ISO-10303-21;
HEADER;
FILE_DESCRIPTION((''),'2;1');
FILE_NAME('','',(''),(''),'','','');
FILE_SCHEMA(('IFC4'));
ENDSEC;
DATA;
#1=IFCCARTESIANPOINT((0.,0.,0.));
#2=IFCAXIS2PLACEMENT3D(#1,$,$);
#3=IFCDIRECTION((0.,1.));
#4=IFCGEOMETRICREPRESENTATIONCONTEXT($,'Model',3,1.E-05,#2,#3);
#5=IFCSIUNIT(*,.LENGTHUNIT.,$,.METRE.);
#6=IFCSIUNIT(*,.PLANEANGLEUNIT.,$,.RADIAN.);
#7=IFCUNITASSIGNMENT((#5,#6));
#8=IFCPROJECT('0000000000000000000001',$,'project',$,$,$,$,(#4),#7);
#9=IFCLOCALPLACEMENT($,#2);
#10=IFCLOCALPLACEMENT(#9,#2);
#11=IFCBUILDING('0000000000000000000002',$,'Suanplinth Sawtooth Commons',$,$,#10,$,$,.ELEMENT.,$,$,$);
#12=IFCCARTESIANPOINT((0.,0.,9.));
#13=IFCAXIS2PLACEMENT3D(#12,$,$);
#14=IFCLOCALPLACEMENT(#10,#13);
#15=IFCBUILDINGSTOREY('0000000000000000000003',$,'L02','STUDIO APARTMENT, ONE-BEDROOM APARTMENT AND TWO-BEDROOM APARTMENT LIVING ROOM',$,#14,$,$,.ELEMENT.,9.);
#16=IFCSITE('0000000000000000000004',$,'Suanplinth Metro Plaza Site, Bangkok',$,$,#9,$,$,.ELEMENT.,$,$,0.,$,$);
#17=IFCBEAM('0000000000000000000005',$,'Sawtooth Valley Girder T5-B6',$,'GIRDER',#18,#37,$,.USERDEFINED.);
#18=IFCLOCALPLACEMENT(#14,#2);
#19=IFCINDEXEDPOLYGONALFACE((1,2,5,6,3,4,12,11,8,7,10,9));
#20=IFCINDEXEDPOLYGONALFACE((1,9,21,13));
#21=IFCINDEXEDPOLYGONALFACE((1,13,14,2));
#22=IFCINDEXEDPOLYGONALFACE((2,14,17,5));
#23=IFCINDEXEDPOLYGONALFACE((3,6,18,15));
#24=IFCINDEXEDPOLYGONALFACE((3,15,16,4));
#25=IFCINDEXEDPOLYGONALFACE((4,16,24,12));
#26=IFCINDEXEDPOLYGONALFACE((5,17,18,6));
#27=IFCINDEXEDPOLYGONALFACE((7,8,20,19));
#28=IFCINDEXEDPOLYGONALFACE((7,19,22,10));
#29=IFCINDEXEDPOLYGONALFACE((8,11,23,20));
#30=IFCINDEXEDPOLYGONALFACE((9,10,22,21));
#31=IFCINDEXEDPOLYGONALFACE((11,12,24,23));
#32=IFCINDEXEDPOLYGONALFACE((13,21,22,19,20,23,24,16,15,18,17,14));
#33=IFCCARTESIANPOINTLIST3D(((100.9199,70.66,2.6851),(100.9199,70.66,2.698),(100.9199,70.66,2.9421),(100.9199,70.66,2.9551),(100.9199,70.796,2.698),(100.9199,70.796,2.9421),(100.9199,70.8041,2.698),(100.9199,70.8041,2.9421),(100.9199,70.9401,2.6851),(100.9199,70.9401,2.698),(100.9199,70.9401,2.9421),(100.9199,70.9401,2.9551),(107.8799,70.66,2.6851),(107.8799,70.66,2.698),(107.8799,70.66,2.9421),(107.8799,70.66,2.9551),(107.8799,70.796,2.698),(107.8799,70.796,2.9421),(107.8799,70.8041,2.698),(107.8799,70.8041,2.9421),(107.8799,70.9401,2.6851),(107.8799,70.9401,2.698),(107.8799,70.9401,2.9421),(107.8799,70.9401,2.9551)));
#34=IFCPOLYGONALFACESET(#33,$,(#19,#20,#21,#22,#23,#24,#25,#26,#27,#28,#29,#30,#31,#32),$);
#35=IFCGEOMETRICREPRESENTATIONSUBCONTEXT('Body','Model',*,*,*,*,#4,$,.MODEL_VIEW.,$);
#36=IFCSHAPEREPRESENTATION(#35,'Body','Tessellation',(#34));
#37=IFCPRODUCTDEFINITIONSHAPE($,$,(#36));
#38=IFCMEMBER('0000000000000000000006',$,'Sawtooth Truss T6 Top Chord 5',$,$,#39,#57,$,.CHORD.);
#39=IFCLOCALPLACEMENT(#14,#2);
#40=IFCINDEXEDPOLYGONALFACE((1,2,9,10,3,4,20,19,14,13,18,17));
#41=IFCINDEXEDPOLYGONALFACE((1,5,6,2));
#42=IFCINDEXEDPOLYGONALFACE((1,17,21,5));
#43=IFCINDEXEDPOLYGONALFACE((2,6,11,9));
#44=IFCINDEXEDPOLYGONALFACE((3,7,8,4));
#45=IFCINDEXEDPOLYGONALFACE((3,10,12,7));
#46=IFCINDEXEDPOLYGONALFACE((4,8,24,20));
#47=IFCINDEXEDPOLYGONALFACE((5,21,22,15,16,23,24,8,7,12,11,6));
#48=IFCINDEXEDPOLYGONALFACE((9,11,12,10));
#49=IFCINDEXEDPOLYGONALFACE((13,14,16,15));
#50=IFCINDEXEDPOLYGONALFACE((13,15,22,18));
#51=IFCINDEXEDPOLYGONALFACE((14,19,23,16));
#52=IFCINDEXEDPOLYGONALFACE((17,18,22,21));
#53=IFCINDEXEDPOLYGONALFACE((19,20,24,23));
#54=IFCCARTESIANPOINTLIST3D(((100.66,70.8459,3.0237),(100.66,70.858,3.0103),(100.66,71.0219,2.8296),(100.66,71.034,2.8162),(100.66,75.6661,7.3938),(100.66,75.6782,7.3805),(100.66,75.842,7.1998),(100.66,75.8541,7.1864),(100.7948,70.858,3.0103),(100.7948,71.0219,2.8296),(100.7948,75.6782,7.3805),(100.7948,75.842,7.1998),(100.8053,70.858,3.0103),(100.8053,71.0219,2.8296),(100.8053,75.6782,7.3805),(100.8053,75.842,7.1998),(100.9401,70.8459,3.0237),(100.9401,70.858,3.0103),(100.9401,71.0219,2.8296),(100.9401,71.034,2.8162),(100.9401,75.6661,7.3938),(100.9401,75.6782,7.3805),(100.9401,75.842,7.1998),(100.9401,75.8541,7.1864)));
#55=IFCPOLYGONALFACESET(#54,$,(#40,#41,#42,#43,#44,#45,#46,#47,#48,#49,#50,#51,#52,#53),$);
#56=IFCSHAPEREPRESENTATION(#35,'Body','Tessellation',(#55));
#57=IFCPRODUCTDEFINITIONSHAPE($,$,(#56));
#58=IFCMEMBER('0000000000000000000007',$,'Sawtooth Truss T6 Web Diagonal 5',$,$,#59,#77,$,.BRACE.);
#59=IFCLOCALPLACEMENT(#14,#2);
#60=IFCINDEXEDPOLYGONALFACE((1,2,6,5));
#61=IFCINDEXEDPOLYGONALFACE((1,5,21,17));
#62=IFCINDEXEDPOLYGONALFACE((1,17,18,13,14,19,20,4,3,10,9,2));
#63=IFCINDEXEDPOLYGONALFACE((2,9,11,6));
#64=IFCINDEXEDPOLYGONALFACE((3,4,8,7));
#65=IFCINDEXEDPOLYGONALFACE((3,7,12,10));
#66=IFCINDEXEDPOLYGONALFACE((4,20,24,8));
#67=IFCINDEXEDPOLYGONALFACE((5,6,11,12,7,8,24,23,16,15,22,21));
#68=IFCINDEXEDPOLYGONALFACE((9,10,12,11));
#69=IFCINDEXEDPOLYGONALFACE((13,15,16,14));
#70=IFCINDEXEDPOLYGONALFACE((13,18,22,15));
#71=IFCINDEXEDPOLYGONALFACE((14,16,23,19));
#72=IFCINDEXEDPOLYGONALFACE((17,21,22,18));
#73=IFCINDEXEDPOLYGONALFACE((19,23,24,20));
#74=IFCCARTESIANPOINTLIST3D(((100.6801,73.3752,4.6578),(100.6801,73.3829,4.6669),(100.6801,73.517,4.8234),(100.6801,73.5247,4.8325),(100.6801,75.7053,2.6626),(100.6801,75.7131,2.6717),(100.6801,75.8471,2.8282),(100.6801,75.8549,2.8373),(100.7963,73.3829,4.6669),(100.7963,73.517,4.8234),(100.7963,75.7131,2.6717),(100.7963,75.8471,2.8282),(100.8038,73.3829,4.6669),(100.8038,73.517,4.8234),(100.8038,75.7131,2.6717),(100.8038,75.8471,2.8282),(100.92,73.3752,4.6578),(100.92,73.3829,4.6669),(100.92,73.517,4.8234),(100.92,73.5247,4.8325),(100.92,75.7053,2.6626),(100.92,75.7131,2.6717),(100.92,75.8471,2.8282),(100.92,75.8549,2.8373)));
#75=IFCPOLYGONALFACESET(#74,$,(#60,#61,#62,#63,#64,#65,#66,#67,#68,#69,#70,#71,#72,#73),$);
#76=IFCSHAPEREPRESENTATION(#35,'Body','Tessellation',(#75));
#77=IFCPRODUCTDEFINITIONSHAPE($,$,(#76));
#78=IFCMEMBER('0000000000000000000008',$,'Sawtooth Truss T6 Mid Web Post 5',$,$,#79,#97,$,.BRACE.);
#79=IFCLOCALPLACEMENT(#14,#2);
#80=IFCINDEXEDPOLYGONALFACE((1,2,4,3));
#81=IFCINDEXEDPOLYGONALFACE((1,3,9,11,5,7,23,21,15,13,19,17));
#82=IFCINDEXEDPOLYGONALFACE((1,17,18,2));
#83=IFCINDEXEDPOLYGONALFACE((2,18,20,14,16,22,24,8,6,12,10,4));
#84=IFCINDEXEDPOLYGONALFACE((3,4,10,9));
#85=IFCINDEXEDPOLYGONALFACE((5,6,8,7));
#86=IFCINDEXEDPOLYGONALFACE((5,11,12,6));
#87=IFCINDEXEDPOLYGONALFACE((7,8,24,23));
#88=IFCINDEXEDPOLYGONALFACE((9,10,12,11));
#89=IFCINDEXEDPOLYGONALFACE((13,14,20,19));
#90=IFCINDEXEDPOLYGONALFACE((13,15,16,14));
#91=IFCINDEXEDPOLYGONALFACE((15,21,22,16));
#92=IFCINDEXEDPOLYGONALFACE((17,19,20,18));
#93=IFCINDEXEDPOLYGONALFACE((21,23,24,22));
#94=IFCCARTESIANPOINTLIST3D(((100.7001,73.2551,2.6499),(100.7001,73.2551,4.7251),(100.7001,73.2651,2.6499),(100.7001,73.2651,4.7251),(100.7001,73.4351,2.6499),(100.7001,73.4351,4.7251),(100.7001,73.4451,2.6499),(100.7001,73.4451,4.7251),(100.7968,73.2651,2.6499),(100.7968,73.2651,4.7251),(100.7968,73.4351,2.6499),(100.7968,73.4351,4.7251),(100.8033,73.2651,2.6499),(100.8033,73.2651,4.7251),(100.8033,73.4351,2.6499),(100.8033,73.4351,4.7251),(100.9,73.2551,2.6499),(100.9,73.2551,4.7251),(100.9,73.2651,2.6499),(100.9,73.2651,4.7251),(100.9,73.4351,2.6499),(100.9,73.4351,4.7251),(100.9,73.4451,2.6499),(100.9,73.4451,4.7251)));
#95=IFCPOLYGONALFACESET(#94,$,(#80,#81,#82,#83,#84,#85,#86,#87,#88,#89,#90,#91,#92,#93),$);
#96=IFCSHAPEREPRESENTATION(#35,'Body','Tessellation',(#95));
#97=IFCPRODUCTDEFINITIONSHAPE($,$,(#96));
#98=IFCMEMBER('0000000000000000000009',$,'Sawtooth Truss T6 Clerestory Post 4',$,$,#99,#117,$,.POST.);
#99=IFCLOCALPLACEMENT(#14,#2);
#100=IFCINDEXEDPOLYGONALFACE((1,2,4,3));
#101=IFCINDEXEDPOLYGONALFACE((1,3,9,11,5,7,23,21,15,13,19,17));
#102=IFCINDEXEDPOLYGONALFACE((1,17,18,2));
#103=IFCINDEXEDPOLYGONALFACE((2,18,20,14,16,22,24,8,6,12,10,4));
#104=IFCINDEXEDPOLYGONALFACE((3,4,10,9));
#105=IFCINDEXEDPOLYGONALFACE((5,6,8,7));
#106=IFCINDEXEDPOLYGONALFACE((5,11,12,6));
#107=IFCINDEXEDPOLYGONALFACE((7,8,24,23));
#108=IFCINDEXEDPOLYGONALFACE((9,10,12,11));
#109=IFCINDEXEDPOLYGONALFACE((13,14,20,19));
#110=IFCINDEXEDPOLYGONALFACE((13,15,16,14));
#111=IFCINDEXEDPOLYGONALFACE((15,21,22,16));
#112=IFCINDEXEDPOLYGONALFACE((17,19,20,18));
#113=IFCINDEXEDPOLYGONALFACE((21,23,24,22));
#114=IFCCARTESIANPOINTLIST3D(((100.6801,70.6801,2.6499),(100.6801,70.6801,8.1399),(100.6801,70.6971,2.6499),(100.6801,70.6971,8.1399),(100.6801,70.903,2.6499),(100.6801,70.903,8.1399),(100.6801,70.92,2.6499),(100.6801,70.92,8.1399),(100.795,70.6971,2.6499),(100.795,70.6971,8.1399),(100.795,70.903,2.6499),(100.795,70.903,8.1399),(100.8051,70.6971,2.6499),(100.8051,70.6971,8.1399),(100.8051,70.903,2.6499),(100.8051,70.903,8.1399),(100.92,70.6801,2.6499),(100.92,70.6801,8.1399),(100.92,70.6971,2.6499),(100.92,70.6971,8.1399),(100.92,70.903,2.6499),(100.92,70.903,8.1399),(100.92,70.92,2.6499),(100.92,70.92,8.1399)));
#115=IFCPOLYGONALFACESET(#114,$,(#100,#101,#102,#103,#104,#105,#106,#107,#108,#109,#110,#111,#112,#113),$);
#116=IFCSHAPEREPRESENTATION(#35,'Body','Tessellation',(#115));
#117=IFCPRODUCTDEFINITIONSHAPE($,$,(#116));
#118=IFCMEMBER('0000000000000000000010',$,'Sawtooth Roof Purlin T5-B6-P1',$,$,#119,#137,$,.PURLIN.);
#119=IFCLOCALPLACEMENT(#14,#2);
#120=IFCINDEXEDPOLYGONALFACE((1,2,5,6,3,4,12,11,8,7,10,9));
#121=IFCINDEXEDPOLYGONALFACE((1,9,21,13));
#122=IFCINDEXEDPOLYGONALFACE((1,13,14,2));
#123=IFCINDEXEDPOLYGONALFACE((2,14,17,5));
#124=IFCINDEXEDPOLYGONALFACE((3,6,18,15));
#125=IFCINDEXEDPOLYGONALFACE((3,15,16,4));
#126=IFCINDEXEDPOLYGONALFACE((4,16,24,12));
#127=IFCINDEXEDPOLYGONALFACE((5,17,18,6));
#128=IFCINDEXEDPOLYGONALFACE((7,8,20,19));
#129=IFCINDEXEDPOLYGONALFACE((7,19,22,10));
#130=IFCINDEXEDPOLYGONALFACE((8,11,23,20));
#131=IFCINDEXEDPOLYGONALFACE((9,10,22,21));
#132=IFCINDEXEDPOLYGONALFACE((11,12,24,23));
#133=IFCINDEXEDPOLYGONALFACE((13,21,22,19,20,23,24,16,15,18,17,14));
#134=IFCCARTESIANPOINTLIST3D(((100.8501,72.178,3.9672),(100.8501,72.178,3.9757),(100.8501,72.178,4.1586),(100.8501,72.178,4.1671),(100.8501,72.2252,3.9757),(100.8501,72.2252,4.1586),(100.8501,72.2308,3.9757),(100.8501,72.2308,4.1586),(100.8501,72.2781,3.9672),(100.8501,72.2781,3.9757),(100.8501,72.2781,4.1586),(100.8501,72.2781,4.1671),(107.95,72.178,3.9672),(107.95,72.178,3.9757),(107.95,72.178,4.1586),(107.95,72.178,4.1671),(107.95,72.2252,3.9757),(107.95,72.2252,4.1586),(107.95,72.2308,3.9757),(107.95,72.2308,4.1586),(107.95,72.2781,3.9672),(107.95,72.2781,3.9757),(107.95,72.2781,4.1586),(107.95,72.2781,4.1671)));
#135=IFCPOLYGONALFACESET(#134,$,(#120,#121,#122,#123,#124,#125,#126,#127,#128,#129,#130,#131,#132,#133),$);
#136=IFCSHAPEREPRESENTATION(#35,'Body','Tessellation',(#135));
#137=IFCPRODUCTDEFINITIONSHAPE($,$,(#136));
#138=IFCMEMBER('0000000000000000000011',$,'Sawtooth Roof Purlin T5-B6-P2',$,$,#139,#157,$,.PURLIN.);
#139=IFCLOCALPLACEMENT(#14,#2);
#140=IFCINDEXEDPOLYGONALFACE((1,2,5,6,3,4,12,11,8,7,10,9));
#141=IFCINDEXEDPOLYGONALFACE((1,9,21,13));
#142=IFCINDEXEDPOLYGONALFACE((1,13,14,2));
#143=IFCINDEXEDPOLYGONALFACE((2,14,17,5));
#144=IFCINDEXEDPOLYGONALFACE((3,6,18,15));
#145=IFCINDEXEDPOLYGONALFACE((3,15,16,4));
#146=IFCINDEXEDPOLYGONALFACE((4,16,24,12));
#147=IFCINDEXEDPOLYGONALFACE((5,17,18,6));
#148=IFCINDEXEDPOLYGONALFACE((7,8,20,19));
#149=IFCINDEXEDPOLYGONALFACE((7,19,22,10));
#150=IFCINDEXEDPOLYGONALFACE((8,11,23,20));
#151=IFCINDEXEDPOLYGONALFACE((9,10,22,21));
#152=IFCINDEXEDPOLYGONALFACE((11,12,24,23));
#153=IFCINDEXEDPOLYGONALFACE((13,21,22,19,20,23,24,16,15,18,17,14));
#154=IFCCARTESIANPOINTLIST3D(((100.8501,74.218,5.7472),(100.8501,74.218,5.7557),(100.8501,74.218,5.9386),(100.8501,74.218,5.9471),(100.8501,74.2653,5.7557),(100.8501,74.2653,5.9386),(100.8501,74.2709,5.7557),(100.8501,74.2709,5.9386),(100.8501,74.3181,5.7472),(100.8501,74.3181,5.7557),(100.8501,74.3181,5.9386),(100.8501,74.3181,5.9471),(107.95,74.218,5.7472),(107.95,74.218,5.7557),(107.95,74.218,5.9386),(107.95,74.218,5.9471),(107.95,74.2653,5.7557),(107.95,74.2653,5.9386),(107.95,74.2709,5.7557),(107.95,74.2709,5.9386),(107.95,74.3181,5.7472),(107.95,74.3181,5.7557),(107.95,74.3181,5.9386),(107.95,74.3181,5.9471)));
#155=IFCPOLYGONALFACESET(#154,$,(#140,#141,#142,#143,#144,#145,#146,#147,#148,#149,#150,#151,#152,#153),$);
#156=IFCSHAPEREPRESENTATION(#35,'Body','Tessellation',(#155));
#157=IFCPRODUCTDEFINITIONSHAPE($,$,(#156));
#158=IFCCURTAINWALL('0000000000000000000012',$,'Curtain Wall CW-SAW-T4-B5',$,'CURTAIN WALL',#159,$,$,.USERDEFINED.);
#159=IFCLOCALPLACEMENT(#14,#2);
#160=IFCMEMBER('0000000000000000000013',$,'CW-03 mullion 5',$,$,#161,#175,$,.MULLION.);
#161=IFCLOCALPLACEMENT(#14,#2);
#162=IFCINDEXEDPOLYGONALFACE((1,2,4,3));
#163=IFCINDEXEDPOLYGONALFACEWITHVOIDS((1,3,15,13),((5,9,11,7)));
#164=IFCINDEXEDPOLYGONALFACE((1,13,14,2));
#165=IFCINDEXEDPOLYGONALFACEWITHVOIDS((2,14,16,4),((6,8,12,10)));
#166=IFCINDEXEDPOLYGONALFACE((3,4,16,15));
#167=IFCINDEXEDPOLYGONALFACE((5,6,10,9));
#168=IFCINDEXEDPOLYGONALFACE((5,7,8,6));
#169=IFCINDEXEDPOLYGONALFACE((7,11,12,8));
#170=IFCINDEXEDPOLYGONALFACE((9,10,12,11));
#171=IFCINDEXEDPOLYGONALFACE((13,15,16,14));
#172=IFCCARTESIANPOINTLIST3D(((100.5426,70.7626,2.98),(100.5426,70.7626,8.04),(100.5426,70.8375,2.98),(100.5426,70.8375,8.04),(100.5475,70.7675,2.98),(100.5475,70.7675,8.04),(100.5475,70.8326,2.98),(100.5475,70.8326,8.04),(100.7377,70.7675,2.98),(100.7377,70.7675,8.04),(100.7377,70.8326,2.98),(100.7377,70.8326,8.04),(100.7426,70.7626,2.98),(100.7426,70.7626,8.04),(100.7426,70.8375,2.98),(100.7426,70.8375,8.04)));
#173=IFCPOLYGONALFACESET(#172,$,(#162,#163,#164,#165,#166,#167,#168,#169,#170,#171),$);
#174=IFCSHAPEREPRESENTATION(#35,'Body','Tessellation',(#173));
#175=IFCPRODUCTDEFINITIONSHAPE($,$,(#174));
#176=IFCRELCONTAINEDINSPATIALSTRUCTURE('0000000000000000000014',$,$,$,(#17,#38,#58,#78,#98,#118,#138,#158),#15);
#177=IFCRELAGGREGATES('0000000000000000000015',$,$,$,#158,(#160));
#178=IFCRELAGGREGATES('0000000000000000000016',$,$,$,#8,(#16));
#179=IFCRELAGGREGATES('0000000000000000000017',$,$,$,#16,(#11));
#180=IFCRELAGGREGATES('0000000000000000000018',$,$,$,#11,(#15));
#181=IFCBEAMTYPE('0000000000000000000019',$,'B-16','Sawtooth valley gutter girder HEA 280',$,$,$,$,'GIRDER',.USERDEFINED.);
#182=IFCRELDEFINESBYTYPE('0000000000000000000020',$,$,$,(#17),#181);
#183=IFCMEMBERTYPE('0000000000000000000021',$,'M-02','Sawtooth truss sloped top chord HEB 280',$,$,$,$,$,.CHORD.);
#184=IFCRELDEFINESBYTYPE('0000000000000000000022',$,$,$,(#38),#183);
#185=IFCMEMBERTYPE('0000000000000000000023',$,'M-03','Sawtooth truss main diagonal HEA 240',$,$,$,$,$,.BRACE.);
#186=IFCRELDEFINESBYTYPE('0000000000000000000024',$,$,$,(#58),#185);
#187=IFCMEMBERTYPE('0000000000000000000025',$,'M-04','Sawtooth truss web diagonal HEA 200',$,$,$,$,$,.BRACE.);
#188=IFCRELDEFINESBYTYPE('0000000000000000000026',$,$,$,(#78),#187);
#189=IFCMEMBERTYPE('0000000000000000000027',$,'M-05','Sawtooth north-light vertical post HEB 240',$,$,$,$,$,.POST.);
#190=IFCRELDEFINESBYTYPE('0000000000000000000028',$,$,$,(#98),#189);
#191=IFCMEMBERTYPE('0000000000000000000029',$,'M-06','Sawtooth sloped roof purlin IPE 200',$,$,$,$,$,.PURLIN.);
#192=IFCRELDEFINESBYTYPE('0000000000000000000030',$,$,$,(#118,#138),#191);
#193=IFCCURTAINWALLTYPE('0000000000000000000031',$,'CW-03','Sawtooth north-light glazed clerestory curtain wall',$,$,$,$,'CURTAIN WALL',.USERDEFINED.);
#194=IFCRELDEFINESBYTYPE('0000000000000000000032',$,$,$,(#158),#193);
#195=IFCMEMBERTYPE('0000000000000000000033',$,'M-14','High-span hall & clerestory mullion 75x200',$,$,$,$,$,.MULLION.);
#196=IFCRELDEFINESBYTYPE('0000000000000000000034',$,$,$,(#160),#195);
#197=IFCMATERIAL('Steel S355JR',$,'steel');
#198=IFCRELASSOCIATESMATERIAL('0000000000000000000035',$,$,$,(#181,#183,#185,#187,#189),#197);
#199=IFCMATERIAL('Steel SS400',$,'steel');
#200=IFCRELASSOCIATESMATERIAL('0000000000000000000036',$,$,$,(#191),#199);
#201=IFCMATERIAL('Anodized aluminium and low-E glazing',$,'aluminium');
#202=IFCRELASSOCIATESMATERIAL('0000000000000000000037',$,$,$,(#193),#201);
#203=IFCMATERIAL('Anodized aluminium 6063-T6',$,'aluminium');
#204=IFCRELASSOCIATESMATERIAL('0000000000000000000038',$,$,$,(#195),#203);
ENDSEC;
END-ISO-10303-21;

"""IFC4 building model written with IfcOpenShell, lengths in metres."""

from ifc_helpers import new_model, si_unit, direction, frame, origin, origin_2d, place, context, subcontext, project, spatial, hollow_rectangle, i_section, extrude, material, material_profile, profile_set, type_object, element, aggregate, save


model = new_model("IFC4")

# Units and contexts
model_context = context("Model", 3, precision=1e-05, world=origin(), true_north=direction((0.0, 1.0)))
body_context = subcontext(model_context, "Body", "Model", "MODEL_VIEW")
ifc_project = project(units=[si_unit("LENGTHUNIT", "METRE"), si_unit("PLANEANGLEUNIT", "RADIAN")], contexts=[model_context])

# Site, building, storey
site_placement = place(None, origin())
site = spatial("IfcSite", under=ifc_project, at=site_placement, Name="Suanplinth Metro Plaza Site, Bangkok", CompositionType="ELEMENT", RefElevation=0.0)
building_placement = place(site_placement, origin())
building = spatial("IfcBuilding", under=site, at=building_placement, Name="Suanplinth Sawtooth Commons", CompositionType="ELEMENT")
storey_placement = place(building_placement, frame((0.0, 0.0, 9.0)))
storey = spatial("IfcBuildingStorey", under=building, at=storey_placement, Name="L02", Description="STUDIO APARTMENT, ONE-BEDROOM APARTMENT AND TWO-BEDROOM APARTMENT LIVING ROOM", CompositionType="ELEMENT", Elevation=9.0)

# Beam
ifc_material_1 = material(Name="Steel S355JR", Category="steel")
ifc_material_profile_1 = material_profile(ifc_material_1, i_section(OverallWidth=0.28, OverallDepth=0.27, WebThickness=0.0081, FlangeThickness=0.0129, at=origin_2d()), Name="HEA 280")
ifc_profile_set_1 = profile_set([ifc_material_profile_1], Name="Steel S355JR")
beam_type = type_object("IfcBeamType", Name="B-16", Description="Sawtooth valley gutter girder HEA 280", ElementType="GIRDER", PredefinedType="USERDEFINED", material=ifc_profile_set_1)
beam_placement = place(storey_placement, frame((100.9199, 70.8, 2.8201), z_axis=(1.0, 0.0, 0.0), x_axis=(0.0, 1.0, 0.0)))
element("IfcBeam", 1, at=beam_placement, inside=storey, type_object=beam_type, Name="Sawtooth Valley Girder T5-B6", ObjectType="GIRDER", PredefinedType="USERDEFINED", context=body_context, shape_type="SweptSolid", body=[
    extrude(i_section(OverallWidth=0.28, OverallDepth=0.27, WebThickness=0.0081, FlangeThickness=0.0129, at=origin_2d()), origin(), (0.0, 0.0, 1.0), 6.96),
])

# Members
ifc_material_profile_2 = material_profile(ifc_material_1, i_section(OverallWidth=0.28, OverallDepth=0.28, WebThickness=0.0105, FlangeThickness=0.0181, at=origin_2d()), Name="HEB 280")
ifc_profile_set_2 = profile_set([ifc_material_profile_2], Name="Steel S355JR")
member_type_1 = type_object("IfcMemberType", Name="M-02", Description="Sawtooth truss sloped top chord HEB 280", PredefinedType="CHORD", material=ifc_profile_set_2)
member_1_placement = place(storey_placement, frame((100.8, 70.9399, 2.9199), z_axis=(0.0, 0.740839, 0.671682), x_axis=(-1.0, 0.0, 0.0)))
element("IfcMember", 2, at=member_1_placement, inside=storey, type_object=member_type_1, Name="Sawtooth Truss T6 Top Chord 5", PredefinedType="CHORD", context=body_context, shape_type="SweptSolid", body=[
    extrude(i_section(OverallWidth=0.28, OverallDepth=0.28, WebThickness=0.0105, FlangeThickness=0.0181, at=origin_2d()), origin(), (0.0, 0.0, 1.0), 6.5063),
])
ifc_material_profile_3 = material_profile(ifc_material_1, i_section(OverallWidth=0.24, OverallDepth=0.23, WebThickness=0.0076, FlangeThickness=0.012, at=origin_2d()), Name="HEA 240")
ifc_profile_set_3 = profile_set([ifc_material_profile_3], Name="Steel S355JR")
member_type_2 = type_object("IfcMemberType", Name="M-03", Description="Sawtooth truss main diagonal HEA 240", PredefinedType="BRACE", material=ifc_profile_set_3)
member_2_placement = place(storey_placement, frame((100.8, 73.45, 4.7451), z_axis=(0.0, 0.759594, -0.650398), x_axis=(-1.0, 0.0, 0.0)))
element("IfcMember", 3, at=member_2_placement, inside=storey, type_object=member_type_2, Name="Sawtooth Truss T6 Web Diagonal 5", PredefinedType="BRACE", context=body_context, shape_type="SweptSolid", body=[
    extrude(i_section(OverallWidth=0.24, OverallDepth=0.23, WebThickness=0.0076, FlangeThickness=0.012, at=origin_2d()), origin(), (0.0, 0.0, 1.0), 3.0676),
])
ifc_material_profile_4 = material_profile(ifc_material_1, i_section(OverallWidth=0.2, OverallDepth=0.1899, WebThickness=0.0066, FlangeThickness=0.01, at=origin_2d()), Name="HEA 200")
ifc_profile_set_4 = profile_set([ifc_material_profile_4], Name="Steel S355JR")
member_type_3 = type_object("IfcMemberType", Name="M-04", Description="Sawtooth truss web diagonal HEA 200", PredefinedType="BRACE", material=ifc_profile_set_4)
member_3_placement = place(storey_placement, frame((100.8, 73.3501, 2.6499), z_axis=(0.0, 0.0, 1.0), x_axis=(1.0, 0.0, 0.0)))
element("IfcMember", 4, at=member_3_placement, inside=storey, type_object=member_type_3, Name="Sawtooth Truss T6 Mid Web Post 5", PredefinedType="BRACE", context=body_context, shape_type="SweptSolid", body=[
    extrude(i_section(OverallWidth=0.2, OverallDepth=0.1899, WebThickness=0.0066, FlangeThickness=0.01, at=origin_2d()), origin(), (0.0, 0.0, 1.0), 2.0752),
])
ifc_material_profile_5 = material_profile(ifc_material_1, i_section(OverallWidth=0.24, OverallDepth=0.24, WebThickness=0.01, FlangeThickness=0.0171, at=origin_2d()), Name="HEB 240")
ifc_profile_set_5 = profile_set([ifc_material_profile_5], Name="Steel S355JR")
member_type_4 = type_object("IfcMemberType", Name="M-05", Description="Sawtooth north-light vertical post HEB 240", PredefinedType="POST", material=ifc_profile_set_5)
member_4_placement = place(storey_placement, frame((100.8, 70.8, 2.6499), z_axis=(0.0, 0.0, 1.0), x_axis=(1.0, 0.0, 0.0)))
element("IfcMember", 5, at=member_4_placement, inside=storey, type_object=member_type_4, Name="Sawtooth Truss T6 Clerestory Post 4", PredefinedType="POST", context=body_context, shape_type="SweptSolid", body=[
    extrude(i_section(OverallWidth=0.24, OverallDepth=0.24, WebThickness=0.01, FlangeThickness=0.0171, at=origin_2d()), origin(), (0.0, 0.0, 1.0), 5.49),
])
ifc_material_2 = material(Name="Steel SS400", Category="steel")
ifc_material_profile_6 = material_profile(ifc_material_2, i_section(OverallWidth=0.1001, OverallDepth=0.2, WebThickness=0.0056, FlangeThickness=0.0085, at=origin_2d()), Name="IPE 200")
ifc_profile_set_6 = profile_set([ifc_material_profile_6], Name="Steel SS400")
member_type_5 = type_object("IfcMemberType", Name="M-06", Description="Sawtooth sloped roof purlin IPE 200", PredefinedType="PURLIN", material=ifc_profile_set_6)
for number, where, z_axis, x_axis, name in (
    (6, (100.8501, 72.228, 4.0671), (1.0, 0.0, 0.0), (0.0, 1.0, 0.0), "Sawtooth Roof Purlin T5-B6-P1"),
    (7, (100.8501, 74.2681, 5.8472), (1.0, 0.0, 0.0), (0.0, 1.0, 0.0), "Sawtooth Roof Purlin T5-B6-P2"),
):
    element("IfcMember", number, at=place(storey_placement, frame(where, z_axis=z_axis, x_axis=x_axis)), inside=storey, type_object=member_type_5, Name=name, PredefinedType="PURLIN", context=body_context, shape_type="SweptSolid", body=[
        extrude(i_section(OverallWidth=0.1001, OverallDepth=0.2, WebThickness=0.0056, FlangeThickness=0.0085, at=origin_2d()), origin(), (0.0, 0.0, 1.0), 7.0999),
    ])

# Curtain wall, member
ifc_material_3 = material(Name="Anodized aluminium and low-E glazing", Category="aluminium")
curtain_wall_type = type_object("IfcCurtainWallType", Name="CW-03", Description="Sawtooth north-light glazed clerestory curtain wall", ElementType="CURTAIN WALL", PredefinedType="USERDEFINED", material=ifc_material_3)
curtain_wall_1_placement = place(storey_placement, origin())
curtain_wall_1 = element("IfcCurtainWall", 8, at=curtain_wall_1_placement, inside=storey, type_object=curtain_wall_type, Name="Curtain Wall CW-SAW-T4-B5", ObjectType="CURTAIN WALL", PredefinedType="USERDEFINED")
ifc_material_4 = material(Name="Anodized aluminium 6063-T6", Category="aluminium")
ifc_material_profile_7 = material_profile(ifc_material_4, hollow_rectangle(XDim=0.075, YDim=0.2, WallThickness=0.0049, at=origin_2d()), Name="ALU-MUL 75x200")
ifc_profile_set_7 = profile_set([ifc_material_profile_7], Name="Anodized aluminium 6063-T6")
member_type_6 = type_object("IfcMemberType", Name="M-14", Description="High-span hall & clerestory mullion 75x200", PredefinedType="MULLION", material=ifc_profile_set_7)
member_5_placement = place(storey_placement, frame((100.6426, 70.8, 2.98), z_axis=(0.0, 0.0, 1.0), x_axis=(0.0, 1.0, 0.0)))
member_5 = element("IfcMember", 9, at=member_5_placement, type_object=member_type_6, Name="CW-03 mullion 5", PredefinedType="MULLION", context=body_context, shape_type="SweptSolid", body=[
    extrude(hollow_rectangle(XDim=0.075, YDim=0.2, WallThickness=0.0049, at=origin_2d()), origin(), (0.0, 0.0, 1.0), 5.0601),
])

aggregate(curtain_wall_1, [member_5])

save(model, "model.ifc")
